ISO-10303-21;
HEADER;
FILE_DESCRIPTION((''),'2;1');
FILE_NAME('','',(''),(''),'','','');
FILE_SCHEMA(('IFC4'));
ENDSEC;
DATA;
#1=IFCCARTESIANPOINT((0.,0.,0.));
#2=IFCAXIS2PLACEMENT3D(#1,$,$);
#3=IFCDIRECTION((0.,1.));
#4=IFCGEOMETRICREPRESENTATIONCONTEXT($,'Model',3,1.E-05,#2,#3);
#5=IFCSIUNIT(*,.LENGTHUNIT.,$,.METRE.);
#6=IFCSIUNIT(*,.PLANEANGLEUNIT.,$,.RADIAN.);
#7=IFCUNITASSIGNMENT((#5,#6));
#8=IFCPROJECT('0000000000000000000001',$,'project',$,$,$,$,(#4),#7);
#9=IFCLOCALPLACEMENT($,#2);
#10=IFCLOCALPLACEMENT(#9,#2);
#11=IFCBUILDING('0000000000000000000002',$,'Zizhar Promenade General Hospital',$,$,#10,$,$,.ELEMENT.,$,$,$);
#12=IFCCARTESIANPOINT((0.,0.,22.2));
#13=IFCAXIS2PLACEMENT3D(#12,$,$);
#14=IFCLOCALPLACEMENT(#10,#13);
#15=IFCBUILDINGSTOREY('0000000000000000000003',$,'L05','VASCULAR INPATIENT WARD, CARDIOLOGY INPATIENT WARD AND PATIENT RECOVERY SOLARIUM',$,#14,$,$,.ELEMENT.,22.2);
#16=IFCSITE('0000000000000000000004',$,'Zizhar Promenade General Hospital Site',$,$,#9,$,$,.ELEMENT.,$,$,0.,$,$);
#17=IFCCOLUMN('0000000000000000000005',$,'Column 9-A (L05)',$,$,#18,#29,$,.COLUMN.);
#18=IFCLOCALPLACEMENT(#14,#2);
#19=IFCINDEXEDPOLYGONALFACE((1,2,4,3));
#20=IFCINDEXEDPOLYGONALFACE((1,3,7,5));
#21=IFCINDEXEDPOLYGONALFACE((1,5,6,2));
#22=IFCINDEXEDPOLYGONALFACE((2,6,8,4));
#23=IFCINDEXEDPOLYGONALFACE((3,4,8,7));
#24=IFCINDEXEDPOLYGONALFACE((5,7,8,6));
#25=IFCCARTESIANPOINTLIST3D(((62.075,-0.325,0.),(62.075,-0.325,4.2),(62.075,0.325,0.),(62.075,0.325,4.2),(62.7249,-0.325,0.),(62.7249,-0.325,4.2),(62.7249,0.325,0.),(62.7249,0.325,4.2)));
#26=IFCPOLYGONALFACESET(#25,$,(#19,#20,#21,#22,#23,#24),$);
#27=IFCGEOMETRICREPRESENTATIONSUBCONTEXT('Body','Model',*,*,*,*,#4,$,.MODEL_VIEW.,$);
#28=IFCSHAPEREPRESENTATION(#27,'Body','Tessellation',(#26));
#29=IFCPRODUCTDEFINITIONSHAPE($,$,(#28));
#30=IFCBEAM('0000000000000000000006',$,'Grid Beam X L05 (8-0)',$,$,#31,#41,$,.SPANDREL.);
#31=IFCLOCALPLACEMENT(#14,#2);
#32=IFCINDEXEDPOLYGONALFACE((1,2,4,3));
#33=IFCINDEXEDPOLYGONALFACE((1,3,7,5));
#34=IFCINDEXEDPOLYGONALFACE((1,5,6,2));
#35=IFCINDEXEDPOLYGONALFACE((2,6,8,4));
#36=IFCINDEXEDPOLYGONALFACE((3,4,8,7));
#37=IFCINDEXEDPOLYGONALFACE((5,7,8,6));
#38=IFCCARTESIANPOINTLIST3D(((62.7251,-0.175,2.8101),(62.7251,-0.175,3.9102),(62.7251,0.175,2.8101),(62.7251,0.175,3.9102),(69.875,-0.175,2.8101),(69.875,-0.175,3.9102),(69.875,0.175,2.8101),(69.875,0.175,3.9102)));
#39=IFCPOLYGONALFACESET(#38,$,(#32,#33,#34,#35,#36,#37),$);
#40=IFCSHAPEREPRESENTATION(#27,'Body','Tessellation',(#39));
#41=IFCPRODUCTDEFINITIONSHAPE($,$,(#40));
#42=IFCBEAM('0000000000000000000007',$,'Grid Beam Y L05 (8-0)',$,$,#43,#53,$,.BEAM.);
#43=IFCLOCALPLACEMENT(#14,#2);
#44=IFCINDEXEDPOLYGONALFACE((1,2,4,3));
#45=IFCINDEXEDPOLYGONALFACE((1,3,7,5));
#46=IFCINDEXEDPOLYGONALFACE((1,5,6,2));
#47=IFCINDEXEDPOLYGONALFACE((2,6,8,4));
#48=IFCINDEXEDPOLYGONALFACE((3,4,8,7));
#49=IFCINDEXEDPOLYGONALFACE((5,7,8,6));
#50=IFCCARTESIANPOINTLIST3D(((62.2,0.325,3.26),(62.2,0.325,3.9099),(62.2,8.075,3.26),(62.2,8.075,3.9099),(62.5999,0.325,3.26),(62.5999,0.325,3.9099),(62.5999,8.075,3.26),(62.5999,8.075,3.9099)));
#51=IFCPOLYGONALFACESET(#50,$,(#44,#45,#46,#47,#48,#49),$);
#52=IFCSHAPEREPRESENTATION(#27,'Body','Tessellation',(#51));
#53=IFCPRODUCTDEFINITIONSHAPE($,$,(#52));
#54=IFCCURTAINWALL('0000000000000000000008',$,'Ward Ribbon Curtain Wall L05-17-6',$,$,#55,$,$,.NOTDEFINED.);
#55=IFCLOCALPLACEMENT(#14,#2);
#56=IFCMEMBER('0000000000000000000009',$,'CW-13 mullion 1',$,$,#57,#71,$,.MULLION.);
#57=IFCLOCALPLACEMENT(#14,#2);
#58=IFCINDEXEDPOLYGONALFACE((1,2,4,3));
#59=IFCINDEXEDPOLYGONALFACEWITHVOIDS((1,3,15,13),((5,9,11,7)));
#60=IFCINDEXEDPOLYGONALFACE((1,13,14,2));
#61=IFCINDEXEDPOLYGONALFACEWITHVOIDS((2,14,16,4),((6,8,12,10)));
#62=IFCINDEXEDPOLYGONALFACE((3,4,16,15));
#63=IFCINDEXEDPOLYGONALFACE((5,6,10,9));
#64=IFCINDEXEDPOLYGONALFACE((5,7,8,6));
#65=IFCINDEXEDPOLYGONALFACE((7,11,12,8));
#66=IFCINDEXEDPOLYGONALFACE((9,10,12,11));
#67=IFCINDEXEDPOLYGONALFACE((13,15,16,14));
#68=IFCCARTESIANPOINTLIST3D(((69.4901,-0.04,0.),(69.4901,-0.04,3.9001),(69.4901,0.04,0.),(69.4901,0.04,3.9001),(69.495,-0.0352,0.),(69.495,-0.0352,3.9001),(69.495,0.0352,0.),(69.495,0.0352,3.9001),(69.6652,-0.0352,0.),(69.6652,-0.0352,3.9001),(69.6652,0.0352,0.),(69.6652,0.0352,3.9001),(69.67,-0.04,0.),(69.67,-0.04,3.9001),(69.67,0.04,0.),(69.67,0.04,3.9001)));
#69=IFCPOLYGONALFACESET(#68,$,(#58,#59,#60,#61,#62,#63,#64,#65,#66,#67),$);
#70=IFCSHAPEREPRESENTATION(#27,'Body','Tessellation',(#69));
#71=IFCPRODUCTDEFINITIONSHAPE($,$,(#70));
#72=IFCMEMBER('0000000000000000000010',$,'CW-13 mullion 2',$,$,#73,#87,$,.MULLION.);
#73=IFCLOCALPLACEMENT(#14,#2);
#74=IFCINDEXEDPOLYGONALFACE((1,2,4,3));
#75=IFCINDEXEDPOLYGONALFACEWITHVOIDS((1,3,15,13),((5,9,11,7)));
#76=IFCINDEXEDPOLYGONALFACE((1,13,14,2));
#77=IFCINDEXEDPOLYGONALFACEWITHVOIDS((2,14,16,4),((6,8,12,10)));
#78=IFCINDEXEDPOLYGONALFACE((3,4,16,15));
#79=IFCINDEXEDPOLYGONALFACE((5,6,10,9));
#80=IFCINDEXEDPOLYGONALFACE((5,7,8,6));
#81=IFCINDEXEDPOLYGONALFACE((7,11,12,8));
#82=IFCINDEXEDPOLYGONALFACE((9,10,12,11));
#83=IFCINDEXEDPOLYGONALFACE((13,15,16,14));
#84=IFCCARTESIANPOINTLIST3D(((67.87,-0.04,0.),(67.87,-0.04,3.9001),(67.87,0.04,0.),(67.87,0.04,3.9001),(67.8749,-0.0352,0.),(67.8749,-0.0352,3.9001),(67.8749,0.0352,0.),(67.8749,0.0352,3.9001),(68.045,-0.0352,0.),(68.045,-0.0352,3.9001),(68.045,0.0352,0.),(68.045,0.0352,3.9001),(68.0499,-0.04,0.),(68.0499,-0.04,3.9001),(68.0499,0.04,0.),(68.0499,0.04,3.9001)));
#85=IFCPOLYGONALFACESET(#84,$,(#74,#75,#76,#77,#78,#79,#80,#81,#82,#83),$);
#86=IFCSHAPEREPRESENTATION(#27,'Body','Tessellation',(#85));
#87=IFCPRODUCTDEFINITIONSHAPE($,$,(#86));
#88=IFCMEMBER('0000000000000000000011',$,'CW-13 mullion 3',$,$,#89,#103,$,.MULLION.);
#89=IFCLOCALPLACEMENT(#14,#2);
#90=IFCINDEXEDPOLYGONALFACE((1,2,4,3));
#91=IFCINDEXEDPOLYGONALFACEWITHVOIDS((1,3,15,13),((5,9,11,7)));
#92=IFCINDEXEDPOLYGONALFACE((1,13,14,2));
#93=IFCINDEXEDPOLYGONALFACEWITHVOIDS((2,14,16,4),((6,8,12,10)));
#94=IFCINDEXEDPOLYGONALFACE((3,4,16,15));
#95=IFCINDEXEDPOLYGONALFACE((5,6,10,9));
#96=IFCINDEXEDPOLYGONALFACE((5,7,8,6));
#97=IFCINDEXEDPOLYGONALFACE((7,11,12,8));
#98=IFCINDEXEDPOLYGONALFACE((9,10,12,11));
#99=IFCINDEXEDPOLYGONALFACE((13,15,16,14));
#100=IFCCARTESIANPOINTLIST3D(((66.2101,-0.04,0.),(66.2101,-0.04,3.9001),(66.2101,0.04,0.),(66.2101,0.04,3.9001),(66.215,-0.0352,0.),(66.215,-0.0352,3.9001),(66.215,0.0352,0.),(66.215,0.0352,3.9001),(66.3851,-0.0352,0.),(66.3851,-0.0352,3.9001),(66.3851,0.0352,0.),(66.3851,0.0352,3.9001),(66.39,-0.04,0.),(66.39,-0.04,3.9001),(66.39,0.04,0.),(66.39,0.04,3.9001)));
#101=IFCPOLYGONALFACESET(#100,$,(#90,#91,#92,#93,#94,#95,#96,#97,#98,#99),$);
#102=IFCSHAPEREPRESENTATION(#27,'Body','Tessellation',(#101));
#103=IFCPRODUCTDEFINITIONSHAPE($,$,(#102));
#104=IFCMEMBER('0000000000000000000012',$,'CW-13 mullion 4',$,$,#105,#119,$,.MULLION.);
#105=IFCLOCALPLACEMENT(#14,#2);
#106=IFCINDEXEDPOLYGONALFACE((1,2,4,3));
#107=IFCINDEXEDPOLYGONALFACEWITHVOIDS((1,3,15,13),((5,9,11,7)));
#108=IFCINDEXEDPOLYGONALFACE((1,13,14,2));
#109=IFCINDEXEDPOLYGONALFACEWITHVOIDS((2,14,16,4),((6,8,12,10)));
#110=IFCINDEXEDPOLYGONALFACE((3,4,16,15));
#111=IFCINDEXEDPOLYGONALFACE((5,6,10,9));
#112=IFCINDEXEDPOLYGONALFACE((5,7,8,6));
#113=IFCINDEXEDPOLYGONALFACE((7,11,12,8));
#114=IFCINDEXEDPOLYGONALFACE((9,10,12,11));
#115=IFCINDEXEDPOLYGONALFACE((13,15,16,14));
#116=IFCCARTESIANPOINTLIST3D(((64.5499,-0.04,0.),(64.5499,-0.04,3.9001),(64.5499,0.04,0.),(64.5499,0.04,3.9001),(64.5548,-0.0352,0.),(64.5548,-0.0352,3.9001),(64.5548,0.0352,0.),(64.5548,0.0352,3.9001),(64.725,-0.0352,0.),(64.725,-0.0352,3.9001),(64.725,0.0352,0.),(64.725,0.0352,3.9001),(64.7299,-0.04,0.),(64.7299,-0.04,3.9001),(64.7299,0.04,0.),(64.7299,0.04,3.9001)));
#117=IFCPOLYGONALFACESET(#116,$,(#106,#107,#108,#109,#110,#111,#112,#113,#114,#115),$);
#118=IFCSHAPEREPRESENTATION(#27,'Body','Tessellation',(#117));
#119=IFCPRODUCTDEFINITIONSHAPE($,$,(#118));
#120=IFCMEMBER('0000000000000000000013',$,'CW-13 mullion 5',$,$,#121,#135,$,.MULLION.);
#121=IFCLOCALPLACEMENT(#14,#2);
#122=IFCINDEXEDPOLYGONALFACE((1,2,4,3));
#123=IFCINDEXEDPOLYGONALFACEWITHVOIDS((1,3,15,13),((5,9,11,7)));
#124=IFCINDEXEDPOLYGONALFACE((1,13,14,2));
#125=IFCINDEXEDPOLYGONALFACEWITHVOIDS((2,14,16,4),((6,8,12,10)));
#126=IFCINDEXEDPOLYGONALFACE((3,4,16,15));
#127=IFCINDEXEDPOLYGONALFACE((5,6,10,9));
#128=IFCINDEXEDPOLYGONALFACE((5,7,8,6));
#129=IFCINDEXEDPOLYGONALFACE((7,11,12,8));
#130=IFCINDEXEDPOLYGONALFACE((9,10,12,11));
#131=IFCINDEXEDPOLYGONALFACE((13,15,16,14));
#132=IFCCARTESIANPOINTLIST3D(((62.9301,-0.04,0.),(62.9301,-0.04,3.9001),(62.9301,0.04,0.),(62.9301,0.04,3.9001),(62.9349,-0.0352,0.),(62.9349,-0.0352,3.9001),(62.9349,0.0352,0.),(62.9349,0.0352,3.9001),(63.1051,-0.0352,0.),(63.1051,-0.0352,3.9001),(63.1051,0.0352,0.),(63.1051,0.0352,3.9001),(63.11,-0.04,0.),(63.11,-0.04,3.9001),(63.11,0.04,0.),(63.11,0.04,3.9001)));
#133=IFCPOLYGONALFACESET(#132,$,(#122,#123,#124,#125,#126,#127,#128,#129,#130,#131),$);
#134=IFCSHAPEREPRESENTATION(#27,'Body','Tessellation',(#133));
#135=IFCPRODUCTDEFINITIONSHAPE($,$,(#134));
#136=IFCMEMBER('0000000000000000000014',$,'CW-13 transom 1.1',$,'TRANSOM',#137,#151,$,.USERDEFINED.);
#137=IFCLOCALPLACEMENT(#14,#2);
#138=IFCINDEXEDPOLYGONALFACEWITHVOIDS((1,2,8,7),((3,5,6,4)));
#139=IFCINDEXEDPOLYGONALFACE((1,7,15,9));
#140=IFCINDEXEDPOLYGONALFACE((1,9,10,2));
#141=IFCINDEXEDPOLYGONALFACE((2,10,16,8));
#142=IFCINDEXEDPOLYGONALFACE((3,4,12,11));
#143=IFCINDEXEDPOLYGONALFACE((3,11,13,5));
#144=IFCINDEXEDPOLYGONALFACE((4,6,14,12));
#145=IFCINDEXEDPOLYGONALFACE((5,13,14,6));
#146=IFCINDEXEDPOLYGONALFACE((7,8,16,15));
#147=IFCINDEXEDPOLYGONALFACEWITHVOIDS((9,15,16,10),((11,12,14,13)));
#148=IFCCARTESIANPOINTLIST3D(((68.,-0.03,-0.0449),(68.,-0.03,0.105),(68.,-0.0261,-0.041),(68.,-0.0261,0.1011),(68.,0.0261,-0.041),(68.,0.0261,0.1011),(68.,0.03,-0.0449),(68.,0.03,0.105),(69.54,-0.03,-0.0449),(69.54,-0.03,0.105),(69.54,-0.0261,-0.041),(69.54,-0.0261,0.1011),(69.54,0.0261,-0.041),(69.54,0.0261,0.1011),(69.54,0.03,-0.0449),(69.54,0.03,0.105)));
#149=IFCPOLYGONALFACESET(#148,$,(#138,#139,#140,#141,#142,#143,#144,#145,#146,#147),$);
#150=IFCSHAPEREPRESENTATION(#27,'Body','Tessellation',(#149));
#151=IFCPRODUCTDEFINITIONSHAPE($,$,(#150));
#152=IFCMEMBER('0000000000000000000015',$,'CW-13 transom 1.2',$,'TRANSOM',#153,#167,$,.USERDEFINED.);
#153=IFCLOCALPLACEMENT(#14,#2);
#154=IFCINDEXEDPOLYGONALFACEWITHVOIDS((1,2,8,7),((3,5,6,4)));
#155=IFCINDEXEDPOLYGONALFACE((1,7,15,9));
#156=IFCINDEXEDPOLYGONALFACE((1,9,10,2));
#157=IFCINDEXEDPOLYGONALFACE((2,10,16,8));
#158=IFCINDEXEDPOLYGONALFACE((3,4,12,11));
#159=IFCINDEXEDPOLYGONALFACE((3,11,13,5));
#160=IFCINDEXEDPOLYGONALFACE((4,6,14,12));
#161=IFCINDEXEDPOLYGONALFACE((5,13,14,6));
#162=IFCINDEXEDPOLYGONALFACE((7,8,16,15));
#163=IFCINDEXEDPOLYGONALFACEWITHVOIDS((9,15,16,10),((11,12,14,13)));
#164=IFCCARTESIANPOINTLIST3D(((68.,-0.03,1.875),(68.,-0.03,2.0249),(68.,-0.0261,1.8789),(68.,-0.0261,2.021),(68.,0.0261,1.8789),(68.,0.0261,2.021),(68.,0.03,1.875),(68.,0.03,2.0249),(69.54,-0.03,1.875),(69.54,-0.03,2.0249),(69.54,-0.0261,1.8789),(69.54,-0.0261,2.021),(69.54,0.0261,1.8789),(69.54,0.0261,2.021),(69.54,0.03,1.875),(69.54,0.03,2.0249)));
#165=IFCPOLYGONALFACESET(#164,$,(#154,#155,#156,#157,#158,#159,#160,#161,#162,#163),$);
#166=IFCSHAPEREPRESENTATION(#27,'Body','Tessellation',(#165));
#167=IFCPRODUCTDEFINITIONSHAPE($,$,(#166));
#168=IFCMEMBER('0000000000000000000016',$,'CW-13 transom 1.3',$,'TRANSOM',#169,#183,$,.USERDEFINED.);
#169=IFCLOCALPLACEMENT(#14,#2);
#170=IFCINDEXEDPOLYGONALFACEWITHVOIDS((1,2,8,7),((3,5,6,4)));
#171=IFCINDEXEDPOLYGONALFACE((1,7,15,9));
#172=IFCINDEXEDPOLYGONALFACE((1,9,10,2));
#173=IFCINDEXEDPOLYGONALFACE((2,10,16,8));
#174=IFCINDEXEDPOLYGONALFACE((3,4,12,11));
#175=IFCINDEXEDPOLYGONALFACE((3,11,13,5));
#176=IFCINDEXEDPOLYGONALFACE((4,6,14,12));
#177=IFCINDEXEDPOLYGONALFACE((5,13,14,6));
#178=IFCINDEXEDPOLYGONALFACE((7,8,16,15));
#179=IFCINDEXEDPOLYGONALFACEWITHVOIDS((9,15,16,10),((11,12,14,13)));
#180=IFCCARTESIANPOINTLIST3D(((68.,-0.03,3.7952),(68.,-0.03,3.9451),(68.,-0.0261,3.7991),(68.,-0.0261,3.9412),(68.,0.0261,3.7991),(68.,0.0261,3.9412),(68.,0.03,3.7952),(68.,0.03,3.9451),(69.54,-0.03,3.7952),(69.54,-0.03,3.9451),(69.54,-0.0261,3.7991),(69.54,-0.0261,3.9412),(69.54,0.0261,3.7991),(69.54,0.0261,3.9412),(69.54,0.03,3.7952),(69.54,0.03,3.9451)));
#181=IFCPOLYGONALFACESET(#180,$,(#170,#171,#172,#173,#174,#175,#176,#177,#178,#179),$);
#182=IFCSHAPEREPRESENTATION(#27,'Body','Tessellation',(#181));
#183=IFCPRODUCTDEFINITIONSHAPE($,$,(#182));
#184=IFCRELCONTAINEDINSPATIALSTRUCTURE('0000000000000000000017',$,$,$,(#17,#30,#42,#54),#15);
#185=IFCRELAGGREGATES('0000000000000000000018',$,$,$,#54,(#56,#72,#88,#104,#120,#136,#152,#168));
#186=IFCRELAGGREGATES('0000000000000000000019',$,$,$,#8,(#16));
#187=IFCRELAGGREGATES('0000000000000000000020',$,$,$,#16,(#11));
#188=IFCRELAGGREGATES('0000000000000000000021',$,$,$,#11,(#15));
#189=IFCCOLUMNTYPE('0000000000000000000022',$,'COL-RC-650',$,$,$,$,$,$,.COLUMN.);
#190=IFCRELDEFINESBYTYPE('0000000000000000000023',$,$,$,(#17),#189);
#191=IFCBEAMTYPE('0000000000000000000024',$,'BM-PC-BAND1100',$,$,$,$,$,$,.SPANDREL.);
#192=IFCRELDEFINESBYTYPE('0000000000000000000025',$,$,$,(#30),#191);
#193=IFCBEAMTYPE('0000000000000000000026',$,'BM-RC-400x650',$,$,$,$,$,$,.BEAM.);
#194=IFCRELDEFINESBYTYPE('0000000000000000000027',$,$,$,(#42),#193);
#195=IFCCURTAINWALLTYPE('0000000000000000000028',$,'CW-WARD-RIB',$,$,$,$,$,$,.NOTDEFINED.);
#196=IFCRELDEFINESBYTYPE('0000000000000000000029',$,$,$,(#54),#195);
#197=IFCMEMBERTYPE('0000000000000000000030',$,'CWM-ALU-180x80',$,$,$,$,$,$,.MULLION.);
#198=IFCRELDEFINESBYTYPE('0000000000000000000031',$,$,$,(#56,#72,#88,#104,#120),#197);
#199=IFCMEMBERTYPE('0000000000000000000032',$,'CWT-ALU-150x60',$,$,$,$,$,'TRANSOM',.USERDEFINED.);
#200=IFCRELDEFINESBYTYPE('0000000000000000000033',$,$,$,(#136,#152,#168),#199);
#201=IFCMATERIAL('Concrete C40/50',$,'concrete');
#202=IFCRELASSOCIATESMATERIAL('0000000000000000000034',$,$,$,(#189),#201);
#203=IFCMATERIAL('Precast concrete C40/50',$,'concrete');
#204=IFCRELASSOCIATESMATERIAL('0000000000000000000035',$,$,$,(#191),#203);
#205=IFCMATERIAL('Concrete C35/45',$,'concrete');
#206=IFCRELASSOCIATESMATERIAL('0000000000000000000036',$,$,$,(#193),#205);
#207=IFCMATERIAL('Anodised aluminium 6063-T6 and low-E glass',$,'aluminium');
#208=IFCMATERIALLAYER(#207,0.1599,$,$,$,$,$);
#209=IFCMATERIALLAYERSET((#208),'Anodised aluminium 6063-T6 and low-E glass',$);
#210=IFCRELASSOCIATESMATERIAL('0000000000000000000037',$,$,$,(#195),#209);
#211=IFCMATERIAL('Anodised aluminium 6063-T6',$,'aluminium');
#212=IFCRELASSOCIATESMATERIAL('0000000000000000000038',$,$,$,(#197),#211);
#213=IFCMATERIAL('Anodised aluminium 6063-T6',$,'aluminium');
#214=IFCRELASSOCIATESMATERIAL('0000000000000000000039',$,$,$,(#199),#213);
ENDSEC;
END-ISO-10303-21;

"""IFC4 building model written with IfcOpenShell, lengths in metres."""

from ifc_helpers import new_model, si_unit, direction, frame, origin, origin_2d, place, context, subcontext, project, spatial, rectangle, hollow_rectangle, extrude, material, layer, layer_set, material_profile, profile_set, type_object, element, aggregate, save


model = new_model("IFC4")

# Units and contexts
model_context = context("Model", 3, precision=1e-05, world=origin(), true_north=direction((0.0, 1.0)))
body_context = subcontext(model_context, "Body", "Model", "MODEL_VIEW")
ifc_project = project(units=[si_unit("LENGTHUNIT", "METRE"), si_unit("PLANEANGLEUNIT", "RADIAN")], contexts=[model_context])

# Site, building, storey
site_placement = place(None, origin())
site = spatial("IfcSite", under=ifc_project, at=site_placement, Name="Zizhar Promenade General Hospital Site", CompositionType="ELEMENT", RefElevation=0.0)
building_placement = place(site_placement, origin())
building = spatial("IfcBuilding", under=site, at=building_placement, Name="Zizhar Promenade General Hospital", CompositionType="ELEMENT")
storey_placement = place(building_placement, frame((0.0, 0.0, 22.2)))
storey = spatial("IfcBuildingStorey", under=building, at=storey_placement, Name="L05", Description="VASCULAR INPATIENT WARD, CARDIOLOGY INPATIENT WARD AND PATIENT RECOVERY SOLARIUM", CompositionType="ELEMENT", Elevation=22.2)

# Column
ifc_material_1 = material(Name="Concrete C40/50", Category="concrete")
ifc_material_profile_1 = material_profile(ifc_material_1, rectangle(XDim=0.6499, YDim=0.6499, at=origin_2d()))
ifc_profile_set_1 = profile_set([ifc_material_profile_1], Name="Concrete C40/50")
column_type = type_object("IfcColumnType", Name="COL-RC-650", PredefinedType="COLUMN", material=ifc_profile_set_1)
column_placement = place(storey_placement, frame((62.3999, 0.0, 0.0), z_axis=(0.0, 0.0, 1.0), x_axis=(1.0, 0.0, 0.0)))
element("IfcColumn", 1, at=column_placement, inside=storey, type_object=column_type, Name="Column 9-A (L05)", PredefinedType="COLUMN", context=body_context, shape_type="SweptSolid", body=[
    extrude(rectangle(XDim=0.6499, YDim=0.6499, at=origin_2d()), origin(), (0.0, 0.0, 1.0), 4.2),
])

# Beams
ifc_material_2 = material(Name="Precast concrete C40/50", Category="concrete")
ifc_material_profile_2 = material_profile(ifc_material_2, rectangle(XDim=0.3501, YDim=1.1001, at=origin_2d()))
ifc_profile_set_2 = profile_set([ifc_material_profile_2], Name="Precast concrete C40/50")
beam_type_1 = type_object("IfcBeamType", Name="BM-PC-BAND1100", PredefinedType="SPANDREL", material=ifc_profile_set_2)
beam_1_placement = place(storey_placement, frame((62.7251, 0.0, 3.3601), z_axis=(1.0, 0.0, 0.0), x_axis=(0.0, 1.0, 0.0)))
element("IfcBeam", 2, at=beam_1_placement, inside=storey, type_object=beam_type_1, Name="Grid Beam X L05 (8-0)", PredefinedType="SPANDREL", context=body_context, shape_type="SweptSolid", body=[
    extrude(rectangle(XDim=0.3501, YDim=1.1001, at=origin_2d()), origin(), (0.0, 0.0, 1.0), 7.1499),
])
ifc_material_3 = material(Name="Concrete C35/45", Category="concrete")
ifc_material_profile_3 = material_profile(ifc_material_3, rectangle(XDim=0.3999, YDim=0.6499, at=origin_2d()))
ifc_profile_set_3 = profile_set([ifc_material_profile_3], Name="Concrete C35/45")
beam_type_2 = type_object("IfcBeamType", Name="BM-RC-400x650", PredefinedType="BEAM", material=ifc_profile_set_3)
beam_2_placement = place(storey_placement, frame((62.3999, 0.325, 3.585), z_axis=(0.0, 1.0, 0.0), x_axis=(-1.0, 0.0, 0.0)))
element("IfcBeam", 3, at=beam_2_placement, inside=storey, type_object=beam_type_2, Name="Grid Beam Y L05 (8-0)", PredefinedType="BEAM", context=body_context, shape_type="SweptSolid", body=[
    extrude(rectangle(XDim=0.3999, YDim=0.6499, at=origin_2d()), origin(), (0.0, 0.0, 1.0), 7.75),
])

# Curtain wall, members
ifc_material_4 = material(Name="Anodised aluminium 6063-T6 and low-E glass", Category="aluminium")
ifc_layer_1 = layer(ifc_material_4, 0.1599)
ifc_layer_set_1 = layer_set([ifc_layer_1], Name="Anodised aluminium 6063-T6 and low-E glass")
curtain_wall_type = type_object("IfcCurtainWallType", Name="CW-WARD-RIB", PredefinedType="NOTDEFINED", material=ifc_layer_set_1)
curtain_wall_placement = place(storey_placement, origin())
curtain_wall = element("IfcCurtainWall", 4, at=curtain_wall_placement, inside=storey, type_object=curtain_wall_type, Name="Ward Ribbon Curtain Wall L05-17-6", PredefinedType="NOTDEFINED")
ifc_material_5 = material(Name="Anodised aluminium 6063-T6", Category="aluminium")
ifc_material_profile_4 = material_profile(ifc_material_5, hollow_rectangle(XDim=0.0801, YDim=0.1799, WallThickness=0.0049, at=origin_2d()))
ifc_profile_set_4 = profile_set([ifc_material_profile_4], Name="Anodised aluminium 6063-T6")
member_type_1 = type_object("IfcMemberType", Name="CWM-ALU-180x80", PredefinedType="MULLION", material=ifc_profile_set_4)
member_1_placement = place(storey_placement, frame((69.5801, 0.0, 0.0), z_axis=(0.0, 0.0, 1.0), x_axis=(0.0, -1.0, 0.0)))
member_1 = element("IfcMember", 5, at=member_1_placement, type_object=member_type_1, Name="CW-13 mullion 1", PredefinedType="MULLION", context=body_context, shape_type="SweptSolid", body=[
    extrude(hollow_rectangle(XDim=0.0801, YDim=0.1799, WallThickness=0.0049, at=origin_2d()), origin(), (0.0, 0.0, 1.0), 3.9001),
])
member_2_placement = place(storey_placement, frame((67.96, 0.0, 0.0), z_axis=(0.0, 0.0, 1.0), x_axis=(0.0, -1.0, 0.0)))
member_2 = element("IfcMember", 6, at=member_2_placement, type_object=member_type_1, Name="CW-13 mullion 2", PredefinedType="MULLION", context=body_context, shape_type="SweptSolid", body=[
    extrude(hollow_rectangle(XDim=0.0801, YDim=0.1799, WallThickness=0.0049, at=origin_2d()), origin(), (0.0, 0.0, 1.0), 3.9001),
])
member_3_placement = place(storey_placement, frame((66.3, 0.0, 0.0), z_axis=(0.0, 0.0, 1.0), x_axis=(0.0, -1.0, 0.0)))
member_3 = element("IfcMember", 7, at=member_3_placement, type_object=member_type_1, Name="CW-13 mullion 3", PredefinedType="MULLION", context=body_context, shape_type="SweptSolid", body=[
    extrude(hollow_rectangle(XDim=0.0801, YDim=0.1799, WallThickness=0.0049, at=origin_2d()), origin(), (0.0, 0.0, 1.0), 3.9001),
])
member_4_placement = place(storey_placement, frame((64.6399, 0.0, 0.0), z_axis=(0.0, 0.0, 1.0), x_axis=(0.0, -1.0, 0.0)))
member_4 = element("IfcMember", 8, at=member_4_placement, type_object=member_type_1, Name="CW-13 mullion 4", PredefinedType="MULLION", context=body_context, shape_type="SweptSolid", body=[
    extrude(hollow_rectangle(XDim=0.0801, YDim=0.1799, WallThickness=0.0049, at=origin_2d()), origin(), (0.0, 0.0, 1.0), 3.9001),
])
member_5_placement = place(storey_placement, frame((63.02, 0.0, 0.0), z_axis=(0.0, 0.0, 1.0), x_axis=(0.0, -1.0, 0.0)))
member_5 = element("IfcMember", 9, at=member_5_placement, type_object=member_type_1, Name="CW-13 mullion 5", PredefinedType="MULLION", context=body_context, shape_type="SweptSolid", body=[
    extrude(hollow_rectangle(XDim=0.0801, YDim=0.1799, WallThickness=0.0049, at=origin_2d()), origin(), (0.0, 0.0, 1.0), 3.9001),
])
ifc_material_6 = material(Name="Anodised aluminium 6063-T6", Category="aluminium")
ifc_material_profile_5 = material_profile(ifc_material_6, hollow_rectangle(XDim=0.0601, YDim=0.1499, WallThickness=0.0039, at=origin_2d()))
ifc_profile_set_5 = profile_set([ifc_material_profile_5], Name="Anodised aluminium 6063-T6")
member_type_2 = type_object("IfcMemberType", Name="CWT-ALU-150x60", ElementType="TRANSOM", PredefinedType="USERDEFINED", material=ifc_profile_set_5)
member_6_placement = place(storey_placement, frame((69.54, 0.0, 0.03), z_axis=(-1.0, 0.0, 0.0), x_axis=(0.0, -1.0, 0.0)))
member_6 = element("IfcMember", 10, at=member_6_placement, type_object=member_type_2, Name="CW-13 transom 1.1", ObjectType="TRANSOM", PredefinedType="USERDEFINED", context=body_context, shape_type="SweptSolid", body=[
    extrude(hollow_rectangle(XDim=0.0601, YDim=0.1499, WallThickness=0.0039, at=origin_2d()), origin(), (0.0, 0.0, 1.0), 1.54),
])
member_7_placement = place(storey_placement, frame((69.54, 0.0, 1.95), z_axis=(-1.0, 0.0, 0.0), x_axis=(0.0, -1.0, 0.0)))
member_7 = element("IfcMember", 11, at=member_7_placement, type_object=member_type_2, Name="CW-13 transom 1.2", ObjectType="TRANSOM", PredefinedType="USERDEFINED", context=body_context, shape_type="SweptSolid", body=[
    extrude(hollow_rectangle(XDim=0.0601, YDim=0.1499, WallThickness=0.0039, at=origin_2d()), origin(), (0.0, 0.0, 1.0), 1.54),
])
member_8_placement = place(storey_placement, frame((69.54, 0.0, 3.8701), z_axis=(-1.0, 0.0, 0.0), x_axis=(0.0, -1.0, 0.0)))
member_8 = element("IfcMember", 12, at=member_8_placement, type_object=member_type_2, Name="CW-13 transom 1.3", ObjectType="TRANSOM", PredefinedType="USERDEFINED", context=body_context, shape_type="SweptSolid", body=[
    extrude(hollow_rectangle(XDim=0.0601, YDim=0.1499, WallThickness=0.0039, at=origin_2d()), origin(), (0.0, 0.0, 1.0), 1.54),
])
aggregate(curtain_wall, [member_1, member_2, member_3, member_4, member_5, member_6, member_7, member_8])

save(model, "model.ifc")
